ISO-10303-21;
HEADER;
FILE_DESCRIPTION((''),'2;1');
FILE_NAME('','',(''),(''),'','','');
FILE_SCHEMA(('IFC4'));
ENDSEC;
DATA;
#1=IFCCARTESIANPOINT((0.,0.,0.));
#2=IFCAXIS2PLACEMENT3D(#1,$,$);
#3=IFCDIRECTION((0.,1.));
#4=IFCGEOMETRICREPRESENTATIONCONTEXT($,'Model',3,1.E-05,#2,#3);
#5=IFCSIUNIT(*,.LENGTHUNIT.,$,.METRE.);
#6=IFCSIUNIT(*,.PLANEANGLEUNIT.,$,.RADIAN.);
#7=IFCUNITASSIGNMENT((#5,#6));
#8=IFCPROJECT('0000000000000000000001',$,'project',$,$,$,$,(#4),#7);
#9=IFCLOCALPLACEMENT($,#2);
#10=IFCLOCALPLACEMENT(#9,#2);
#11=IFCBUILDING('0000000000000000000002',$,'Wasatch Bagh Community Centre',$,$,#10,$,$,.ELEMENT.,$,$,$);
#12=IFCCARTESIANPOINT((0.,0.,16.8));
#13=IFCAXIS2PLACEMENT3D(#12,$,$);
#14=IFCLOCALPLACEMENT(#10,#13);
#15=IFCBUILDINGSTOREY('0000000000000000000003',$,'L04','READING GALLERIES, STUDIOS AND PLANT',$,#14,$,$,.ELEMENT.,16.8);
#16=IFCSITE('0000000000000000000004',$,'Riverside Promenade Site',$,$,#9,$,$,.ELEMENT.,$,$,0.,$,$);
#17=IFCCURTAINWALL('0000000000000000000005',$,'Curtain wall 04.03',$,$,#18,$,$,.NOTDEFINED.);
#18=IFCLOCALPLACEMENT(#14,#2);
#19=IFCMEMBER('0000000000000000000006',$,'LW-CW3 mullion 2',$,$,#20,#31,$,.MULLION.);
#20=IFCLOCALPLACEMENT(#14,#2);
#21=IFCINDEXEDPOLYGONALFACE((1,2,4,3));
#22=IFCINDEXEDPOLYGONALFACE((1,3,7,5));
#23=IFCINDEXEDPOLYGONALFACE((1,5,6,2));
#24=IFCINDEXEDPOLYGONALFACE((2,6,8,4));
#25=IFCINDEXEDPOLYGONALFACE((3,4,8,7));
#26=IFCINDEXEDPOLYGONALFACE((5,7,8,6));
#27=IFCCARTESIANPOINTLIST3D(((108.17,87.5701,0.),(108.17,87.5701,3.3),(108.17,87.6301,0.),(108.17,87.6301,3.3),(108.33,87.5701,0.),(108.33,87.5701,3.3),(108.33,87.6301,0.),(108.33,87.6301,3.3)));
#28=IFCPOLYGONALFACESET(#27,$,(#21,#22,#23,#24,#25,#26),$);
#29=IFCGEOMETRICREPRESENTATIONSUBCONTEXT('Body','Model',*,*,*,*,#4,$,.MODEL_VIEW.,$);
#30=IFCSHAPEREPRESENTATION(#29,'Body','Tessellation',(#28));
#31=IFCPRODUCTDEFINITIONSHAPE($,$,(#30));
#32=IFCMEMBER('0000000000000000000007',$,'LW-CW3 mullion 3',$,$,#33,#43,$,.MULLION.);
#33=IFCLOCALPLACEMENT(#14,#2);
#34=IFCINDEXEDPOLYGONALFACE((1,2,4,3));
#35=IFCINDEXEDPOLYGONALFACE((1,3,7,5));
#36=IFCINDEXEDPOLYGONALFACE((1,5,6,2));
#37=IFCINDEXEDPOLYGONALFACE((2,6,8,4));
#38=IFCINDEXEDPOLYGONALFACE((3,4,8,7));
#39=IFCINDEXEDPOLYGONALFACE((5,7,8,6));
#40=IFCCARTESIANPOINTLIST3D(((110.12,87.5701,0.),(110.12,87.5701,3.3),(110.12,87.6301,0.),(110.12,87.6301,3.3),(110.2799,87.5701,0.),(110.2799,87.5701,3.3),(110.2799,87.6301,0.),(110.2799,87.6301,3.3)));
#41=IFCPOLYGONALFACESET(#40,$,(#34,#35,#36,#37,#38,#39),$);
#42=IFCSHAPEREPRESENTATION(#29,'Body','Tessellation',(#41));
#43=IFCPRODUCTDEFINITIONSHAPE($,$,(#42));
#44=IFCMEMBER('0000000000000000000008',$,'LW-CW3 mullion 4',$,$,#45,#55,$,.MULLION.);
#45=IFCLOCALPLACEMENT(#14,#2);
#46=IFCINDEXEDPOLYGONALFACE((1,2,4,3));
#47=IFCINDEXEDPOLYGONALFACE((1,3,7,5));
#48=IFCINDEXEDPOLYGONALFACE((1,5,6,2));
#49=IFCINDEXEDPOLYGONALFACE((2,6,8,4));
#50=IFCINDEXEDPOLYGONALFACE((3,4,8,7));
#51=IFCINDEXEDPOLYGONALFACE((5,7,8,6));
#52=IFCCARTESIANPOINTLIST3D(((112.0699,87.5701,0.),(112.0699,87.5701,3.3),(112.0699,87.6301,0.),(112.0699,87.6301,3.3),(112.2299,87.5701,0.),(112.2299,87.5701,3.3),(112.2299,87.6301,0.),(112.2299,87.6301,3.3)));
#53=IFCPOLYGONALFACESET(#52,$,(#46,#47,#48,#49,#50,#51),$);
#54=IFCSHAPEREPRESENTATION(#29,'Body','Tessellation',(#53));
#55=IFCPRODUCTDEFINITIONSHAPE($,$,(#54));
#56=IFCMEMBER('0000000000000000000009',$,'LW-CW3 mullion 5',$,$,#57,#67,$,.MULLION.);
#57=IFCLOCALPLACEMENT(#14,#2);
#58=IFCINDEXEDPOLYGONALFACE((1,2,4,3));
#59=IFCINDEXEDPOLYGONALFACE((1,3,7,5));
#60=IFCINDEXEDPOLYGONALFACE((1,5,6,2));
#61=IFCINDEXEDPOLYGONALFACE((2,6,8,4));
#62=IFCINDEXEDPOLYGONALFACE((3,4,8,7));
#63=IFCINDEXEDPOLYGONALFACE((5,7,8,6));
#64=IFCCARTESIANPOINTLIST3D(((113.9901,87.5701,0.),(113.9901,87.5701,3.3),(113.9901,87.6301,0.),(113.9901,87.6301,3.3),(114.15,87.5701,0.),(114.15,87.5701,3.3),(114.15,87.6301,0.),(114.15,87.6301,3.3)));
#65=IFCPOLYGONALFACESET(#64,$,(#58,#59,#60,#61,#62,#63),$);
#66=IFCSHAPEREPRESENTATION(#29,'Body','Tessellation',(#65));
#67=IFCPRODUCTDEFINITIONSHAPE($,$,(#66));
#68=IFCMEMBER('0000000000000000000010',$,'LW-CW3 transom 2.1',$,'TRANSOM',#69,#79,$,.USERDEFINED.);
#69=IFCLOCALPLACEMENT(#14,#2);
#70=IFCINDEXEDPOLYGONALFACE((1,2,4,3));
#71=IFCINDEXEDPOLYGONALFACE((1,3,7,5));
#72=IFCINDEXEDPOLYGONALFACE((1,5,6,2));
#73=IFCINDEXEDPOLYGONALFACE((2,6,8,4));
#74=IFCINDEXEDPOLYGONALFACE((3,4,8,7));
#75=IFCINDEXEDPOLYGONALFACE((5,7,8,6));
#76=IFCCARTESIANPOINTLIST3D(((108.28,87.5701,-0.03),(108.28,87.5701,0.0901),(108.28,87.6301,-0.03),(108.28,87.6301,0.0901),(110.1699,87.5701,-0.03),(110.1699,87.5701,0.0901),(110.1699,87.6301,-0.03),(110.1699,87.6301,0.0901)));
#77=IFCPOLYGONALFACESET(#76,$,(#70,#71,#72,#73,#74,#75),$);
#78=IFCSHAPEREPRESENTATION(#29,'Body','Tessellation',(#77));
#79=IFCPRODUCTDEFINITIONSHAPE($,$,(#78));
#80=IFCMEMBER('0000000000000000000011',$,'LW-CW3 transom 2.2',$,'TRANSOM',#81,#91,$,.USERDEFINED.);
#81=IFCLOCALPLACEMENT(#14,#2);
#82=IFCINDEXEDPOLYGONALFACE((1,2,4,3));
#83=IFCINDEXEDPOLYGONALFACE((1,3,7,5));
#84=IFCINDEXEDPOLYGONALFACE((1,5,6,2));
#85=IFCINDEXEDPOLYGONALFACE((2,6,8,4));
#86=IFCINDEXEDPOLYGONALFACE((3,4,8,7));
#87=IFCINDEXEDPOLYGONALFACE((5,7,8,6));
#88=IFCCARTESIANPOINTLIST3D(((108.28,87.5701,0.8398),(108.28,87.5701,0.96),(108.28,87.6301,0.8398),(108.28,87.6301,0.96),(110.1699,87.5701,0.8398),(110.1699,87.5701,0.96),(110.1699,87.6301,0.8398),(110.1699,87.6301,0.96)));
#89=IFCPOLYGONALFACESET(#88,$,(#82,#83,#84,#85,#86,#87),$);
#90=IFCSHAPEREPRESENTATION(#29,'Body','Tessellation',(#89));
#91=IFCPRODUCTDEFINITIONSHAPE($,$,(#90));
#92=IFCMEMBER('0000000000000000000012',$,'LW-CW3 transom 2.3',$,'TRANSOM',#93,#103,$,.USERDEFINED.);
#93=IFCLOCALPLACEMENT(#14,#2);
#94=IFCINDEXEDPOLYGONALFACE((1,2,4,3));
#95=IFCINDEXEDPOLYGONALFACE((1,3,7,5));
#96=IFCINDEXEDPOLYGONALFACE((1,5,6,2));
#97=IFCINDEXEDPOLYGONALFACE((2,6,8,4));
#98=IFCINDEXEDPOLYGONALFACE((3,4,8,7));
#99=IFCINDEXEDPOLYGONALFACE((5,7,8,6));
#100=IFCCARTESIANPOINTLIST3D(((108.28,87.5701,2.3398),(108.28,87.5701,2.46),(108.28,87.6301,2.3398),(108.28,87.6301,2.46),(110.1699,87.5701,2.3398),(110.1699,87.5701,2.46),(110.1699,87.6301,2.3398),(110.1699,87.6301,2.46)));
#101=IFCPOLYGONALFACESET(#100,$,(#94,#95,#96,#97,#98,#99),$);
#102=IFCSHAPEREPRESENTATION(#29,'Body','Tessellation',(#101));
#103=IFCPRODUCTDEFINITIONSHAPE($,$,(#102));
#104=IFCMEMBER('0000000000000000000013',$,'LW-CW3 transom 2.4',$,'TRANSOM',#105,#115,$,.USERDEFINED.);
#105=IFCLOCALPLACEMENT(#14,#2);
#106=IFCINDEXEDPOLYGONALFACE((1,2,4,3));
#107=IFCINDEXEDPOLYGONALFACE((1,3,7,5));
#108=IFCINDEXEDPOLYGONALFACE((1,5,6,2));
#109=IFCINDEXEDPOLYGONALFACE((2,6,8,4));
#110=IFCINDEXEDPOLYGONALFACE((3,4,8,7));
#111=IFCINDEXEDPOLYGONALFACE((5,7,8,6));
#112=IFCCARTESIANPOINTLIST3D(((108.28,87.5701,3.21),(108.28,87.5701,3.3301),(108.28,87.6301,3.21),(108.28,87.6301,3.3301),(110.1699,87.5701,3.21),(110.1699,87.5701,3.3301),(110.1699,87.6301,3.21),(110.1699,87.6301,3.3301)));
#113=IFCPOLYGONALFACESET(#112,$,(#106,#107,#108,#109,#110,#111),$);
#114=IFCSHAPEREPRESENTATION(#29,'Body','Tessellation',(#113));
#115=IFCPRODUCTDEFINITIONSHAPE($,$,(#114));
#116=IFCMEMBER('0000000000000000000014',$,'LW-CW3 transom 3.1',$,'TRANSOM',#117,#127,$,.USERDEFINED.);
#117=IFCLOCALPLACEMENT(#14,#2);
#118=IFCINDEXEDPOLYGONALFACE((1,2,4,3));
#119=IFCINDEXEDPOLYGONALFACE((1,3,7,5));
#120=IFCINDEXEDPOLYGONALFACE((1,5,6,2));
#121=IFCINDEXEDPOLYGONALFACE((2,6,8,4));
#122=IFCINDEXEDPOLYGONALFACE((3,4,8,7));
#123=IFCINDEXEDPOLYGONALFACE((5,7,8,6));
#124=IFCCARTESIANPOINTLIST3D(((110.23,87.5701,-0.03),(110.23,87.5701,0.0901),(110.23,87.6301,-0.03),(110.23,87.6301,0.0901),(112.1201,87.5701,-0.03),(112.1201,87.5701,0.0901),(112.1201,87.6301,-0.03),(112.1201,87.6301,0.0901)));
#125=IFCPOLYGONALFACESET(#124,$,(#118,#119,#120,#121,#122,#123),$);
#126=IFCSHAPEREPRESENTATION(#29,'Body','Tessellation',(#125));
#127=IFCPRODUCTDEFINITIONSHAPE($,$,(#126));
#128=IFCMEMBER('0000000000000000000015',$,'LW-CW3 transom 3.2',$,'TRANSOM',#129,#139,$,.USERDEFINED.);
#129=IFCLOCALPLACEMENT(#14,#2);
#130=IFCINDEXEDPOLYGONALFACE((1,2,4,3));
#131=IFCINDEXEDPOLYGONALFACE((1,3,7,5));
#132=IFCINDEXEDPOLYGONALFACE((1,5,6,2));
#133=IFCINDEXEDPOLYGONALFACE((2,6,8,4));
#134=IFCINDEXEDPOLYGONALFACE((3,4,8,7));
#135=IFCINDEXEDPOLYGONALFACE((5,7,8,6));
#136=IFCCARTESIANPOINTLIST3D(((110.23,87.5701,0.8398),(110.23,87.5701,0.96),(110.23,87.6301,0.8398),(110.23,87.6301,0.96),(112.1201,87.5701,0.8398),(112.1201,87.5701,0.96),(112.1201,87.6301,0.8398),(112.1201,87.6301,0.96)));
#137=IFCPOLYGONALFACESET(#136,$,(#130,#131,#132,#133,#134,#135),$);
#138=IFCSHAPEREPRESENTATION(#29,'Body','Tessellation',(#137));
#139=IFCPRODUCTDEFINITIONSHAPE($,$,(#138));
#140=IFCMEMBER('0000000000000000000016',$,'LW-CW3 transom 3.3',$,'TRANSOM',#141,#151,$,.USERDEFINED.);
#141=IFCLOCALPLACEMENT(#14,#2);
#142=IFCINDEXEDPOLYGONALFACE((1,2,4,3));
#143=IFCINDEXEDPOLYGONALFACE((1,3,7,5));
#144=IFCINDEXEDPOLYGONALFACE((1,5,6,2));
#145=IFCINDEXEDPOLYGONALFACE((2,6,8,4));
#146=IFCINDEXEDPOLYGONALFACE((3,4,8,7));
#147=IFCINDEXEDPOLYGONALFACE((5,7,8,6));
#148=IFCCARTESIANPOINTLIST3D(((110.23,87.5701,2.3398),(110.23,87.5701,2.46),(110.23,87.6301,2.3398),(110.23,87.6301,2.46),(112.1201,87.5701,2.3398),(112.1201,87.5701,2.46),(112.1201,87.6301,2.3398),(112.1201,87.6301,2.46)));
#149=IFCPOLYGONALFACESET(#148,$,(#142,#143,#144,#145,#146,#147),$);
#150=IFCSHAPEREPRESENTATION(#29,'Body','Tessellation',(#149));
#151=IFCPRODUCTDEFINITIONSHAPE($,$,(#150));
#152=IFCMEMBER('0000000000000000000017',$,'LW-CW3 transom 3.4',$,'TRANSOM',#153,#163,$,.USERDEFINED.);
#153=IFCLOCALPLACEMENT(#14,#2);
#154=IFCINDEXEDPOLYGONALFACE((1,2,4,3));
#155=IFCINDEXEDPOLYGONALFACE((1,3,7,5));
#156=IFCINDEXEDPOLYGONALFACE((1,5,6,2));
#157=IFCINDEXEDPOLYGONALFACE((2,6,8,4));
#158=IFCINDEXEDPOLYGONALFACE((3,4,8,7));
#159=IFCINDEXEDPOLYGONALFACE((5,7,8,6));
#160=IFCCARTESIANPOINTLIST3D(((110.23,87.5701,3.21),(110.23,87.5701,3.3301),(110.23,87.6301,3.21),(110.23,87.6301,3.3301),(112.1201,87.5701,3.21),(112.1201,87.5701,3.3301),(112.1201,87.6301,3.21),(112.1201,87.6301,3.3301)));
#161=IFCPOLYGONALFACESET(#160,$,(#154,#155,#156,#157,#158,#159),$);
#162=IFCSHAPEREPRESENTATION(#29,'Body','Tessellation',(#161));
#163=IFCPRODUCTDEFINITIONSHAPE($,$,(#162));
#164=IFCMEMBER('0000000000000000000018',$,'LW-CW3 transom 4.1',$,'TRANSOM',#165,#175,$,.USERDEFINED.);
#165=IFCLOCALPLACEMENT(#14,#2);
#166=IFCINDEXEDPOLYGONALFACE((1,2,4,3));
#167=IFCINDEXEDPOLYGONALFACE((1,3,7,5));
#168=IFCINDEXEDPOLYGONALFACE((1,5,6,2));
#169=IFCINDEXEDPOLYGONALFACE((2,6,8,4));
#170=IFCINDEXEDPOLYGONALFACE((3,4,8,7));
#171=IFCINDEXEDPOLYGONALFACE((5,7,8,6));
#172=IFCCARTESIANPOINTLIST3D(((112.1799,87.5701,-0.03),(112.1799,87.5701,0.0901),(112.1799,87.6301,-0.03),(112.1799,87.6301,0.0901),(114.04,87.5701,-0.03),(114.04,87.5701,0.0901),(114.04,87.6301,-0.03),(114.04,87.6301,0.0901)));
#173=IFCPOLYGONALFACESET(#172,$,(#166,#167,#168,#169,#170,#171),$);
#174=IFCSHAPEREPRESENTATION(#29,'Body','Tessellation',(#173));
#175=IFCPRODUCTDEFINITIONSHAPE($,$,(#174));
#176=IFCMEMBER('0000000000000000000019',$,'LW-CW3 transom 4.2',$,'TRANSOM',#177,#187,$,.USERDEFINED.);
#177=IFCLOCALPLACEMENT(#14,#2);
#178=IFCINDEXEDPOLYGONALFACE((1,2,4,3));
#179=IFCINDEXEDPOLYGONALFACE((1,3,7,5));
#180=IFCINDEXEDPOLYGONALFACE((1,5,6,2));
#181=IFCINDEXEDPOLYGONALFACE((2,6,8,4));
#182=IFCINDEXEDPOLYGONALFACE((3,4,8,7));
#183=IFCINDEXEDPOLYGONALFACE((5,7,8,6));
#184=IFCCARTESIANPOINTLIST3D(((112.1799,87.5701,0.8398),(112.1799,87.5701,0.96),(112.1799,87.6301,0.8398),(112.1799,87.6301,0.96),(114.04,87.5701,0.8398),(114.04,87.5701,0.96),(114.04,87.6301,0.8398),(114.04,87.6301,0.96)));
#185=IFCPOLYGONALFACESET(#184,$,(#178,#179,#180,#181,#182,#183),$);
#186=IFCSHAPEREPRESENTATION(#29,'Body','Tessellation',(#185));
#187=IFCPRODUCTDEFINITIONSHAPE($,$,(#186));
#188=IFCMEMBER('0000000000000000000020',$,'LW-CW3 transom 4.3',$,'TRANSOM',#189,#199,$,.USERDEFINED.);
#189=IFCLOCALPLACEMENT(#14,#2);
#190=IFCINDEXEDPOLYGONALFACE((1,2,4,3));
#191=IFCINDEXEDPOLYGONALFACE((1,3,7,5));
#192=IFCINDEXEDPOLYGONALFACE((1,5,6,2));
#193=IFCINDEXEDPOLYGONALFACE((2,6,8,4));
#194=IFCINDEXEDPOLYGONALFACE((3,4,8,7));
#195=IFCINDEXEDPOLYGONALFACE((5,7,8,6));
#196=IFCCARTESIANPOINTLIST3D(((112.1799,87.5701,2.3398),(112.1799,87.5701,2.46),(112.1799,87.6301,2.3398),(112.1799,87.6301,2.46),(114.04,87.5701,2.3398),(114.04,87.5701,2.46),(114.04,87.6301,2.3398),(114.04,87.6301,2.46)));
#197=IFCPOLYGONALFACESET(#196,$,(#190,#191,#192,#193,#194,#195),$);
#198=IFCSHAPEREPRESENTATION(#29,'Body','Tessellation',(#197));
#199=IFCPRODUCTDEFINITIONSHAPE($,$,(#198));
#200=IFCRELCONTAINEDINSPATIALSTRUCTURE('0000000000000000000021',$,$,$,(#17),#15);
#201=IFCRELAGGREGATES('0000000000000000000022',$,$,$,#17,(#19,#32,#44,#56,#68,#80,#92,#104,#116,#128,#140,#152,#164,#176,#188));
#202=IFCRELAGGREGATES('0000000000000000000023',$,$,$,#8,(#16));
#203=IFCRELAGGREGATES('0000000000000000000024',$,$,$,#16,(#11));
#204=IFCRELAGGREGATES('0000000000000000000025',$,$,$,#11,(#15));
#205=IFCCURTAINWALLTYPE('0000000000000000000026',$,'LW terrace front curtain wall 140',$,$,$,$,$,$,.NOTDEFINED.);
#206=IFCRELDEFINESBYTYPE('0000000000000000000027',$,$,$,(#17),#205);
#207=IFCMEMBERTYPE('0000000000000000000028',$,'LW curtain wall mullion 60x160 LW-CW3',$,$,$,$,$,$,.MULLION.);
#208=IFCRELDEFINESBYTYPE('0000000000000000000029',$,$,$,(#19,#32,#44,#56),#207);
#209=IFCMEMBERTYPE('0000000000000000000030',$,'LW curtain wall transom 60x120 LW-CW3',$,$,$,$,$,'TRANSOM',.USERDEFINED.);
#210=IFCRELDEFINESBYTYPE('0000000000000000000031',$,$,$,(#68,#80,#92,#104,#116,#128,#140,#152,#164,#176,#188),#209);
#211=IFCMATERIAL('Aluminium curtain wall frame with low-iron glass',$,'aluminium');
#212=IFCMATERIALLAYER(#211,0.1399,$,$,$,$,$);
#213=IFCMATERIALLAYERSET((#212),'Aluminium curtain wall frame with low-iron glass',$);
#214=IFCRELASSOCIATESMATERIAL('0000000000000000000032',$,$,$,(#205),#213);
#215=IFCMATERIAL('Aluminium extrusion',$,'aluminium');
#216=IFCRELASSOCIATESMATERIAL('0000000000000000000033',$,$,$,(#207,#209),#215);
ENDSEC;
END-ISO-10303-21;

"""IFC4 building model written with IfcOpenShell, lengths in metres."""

from ifc_helpers import new_model, si_unit, direction, frame, origin, origin_2d, place, context, subcontext, project, spatial, rectangle, extrude, material, layer, layer_set, material_profile, profile_set, type_object, element, aggregate, save


model = new_model("IFC4")

# Units and contexts
model_context = context("Model", 3, precision=1e-05, world=origin(), true_north=direction((0.0, 1.0)))
body_context = subcontext(model_context, "Body", "Model", "MODEL_VIEW")
ifc_project = project(units=[si_unit("LENGTHUNIT", "METRE"), si_unit("PLANEANGLEUNIT", "RADIAN")], contexts=[model_context])

# Site, building, storey
site_placement = place(None, origin())
site = spatial("IfcSite", under=ifc_project, at=site_placement, Name="Riverside Promenade Site", CompositionType="ELEMENT", RefElevation=0.0)
building_placement = place(site_placement, origin())
building = spatial("IfcBuilding", under=site, at=building_placement, Name="Wasatch Bagh Community Centre", CompositionType="ELEMENT")
storey_placement = place(building_placement, frame((0.0, 0.0, 16.8)))
storey = spatial("IfcBuildingStorey", under=building, at=storey_placement, Name="L04", Description="READING GALLERIES, STUDIOS AND PLANT", CompositionType="ELEMENT", Elevation=16.8)

# Curtain wall, members
ifc_material_1 = material(Name="Aluminium curtain wall frame with low-iron glass", Category="aluminium")
ifc_layer_1 = layer(ifc_material_1, 0.1399)
ifc_layer_set_1 = layer_set([ifc_layer_1], Name="Aluminium curtain wall frame with low-iron glass")
curtain_wall_type = type_object("IfcCurtainWallType", Name="LW terrace front curtain wall 140", PredefinedType="NOTDEFINED", material=ifc_layer_set_1)
curtain_wall_placement = place(storey_placement, origin())
curtain_wall = element("IfcCurtainWall", 1, at=curtain_wall_placement, inside=storey, type_object=curtain_wall_type, Name="Curtain wall 04.03", PredefinedType="NOTDEFINED")
ifc_material_2 = material(Name="Aluminium extrusion", Category="aluminium")
ifc_material_profile_1 = material_profile(ifc_material_2, rectangle(XDim=0.0601, YDim=0.1599, at=origin_2d()), Name="AL 60x160")
ifc_profile_set_1 = profile_set([ifc_material_profile_1], Name="Aluminium extrusion")
member_type_1 = type_object("IfcMemberType", Name="LW curtain wall mullion 60x160 LW-CW3", PredefinedType="MULLION", material=ifc_profile_set_1)
member_1_placement = place(storey_placement, frame((108.25, 87.6001, 0.0), z_axis=(0.0, 0.0, 1.0), x_axis=(0.0, 1.0, 0.0)))
member_1 = element("IfcMember", 2, at=member_1_placement, type_object=member_type_1, Name="LW-CW3 mullion 2", PredefinedType="MULLION", context=body_context, shape_type="SweptSolid", body=[
    extrude(rectangle(XDim=0.0601, YDim=0.1599, at=origin_2d()), origin(), (0.0, 0.0, 1.0), 3.3),
])
member_2_placement = place(storey_placement, frame((110.2, 87.6001, 0.0), z_axis=(0.0, 0.0, 1.0), x_axis=(0.0, 1.0, 0.0)))
member_2 = element("IfcMember", 3, at=member_2_placement, type_object=member_type_1, Name="LW-CW3 mullion 3", PredefinedType="MULLION", context=body_context, shape_type="SweptSolid", body=[
    extrude(rectangle(XDim=0.0601, YDim=0.1599, at=origin_2d()), origin(), (0.0, 0.0, 1.0), 3.3),
])
member_3_placement = place(storey_placement, frame((112.1499, 87.6001, 0.0), z_axis=(0.0, 0.0, 1.0), x_axis=(0.0, 1.0, 0.0)))
member_3 = element("IfcMember", 4, at=member_3_placement, type_object=member_type_1, Name="LW-CW3 mullion 4", PredefinedType="MULLION", context=body_context, shape_type="SweptSolid", body=[
    extrude(rectangle(XDim=0.0601, YDim=0.1599, at=origin_2d()), origin(), (0.0, 0.0, 1.0), 3.3),
])
member_4_placement = place(storey_placement, frame((114.0701, 87.6001, 0.0), z_axis=(0.0, 0.0, 1.0), x_axis=(0.0, 1.0, 0.0)))
member_4 = element("IfcMember", 5, at=member_4_placement, type_object=member_type_1, Name="LW-CW3 mullion 5", PredefinedType="MULLION", context=body_context, shape_type="SweptSolid", body=[
    extrude(rectangle(XDim=0.0601, YDim=0.1599, at=origin_2d()), origin(), (0.0, 0.0, 1.0), 3.3),
])
ifc_material_profile_2 = material_profile(ifc_material_2, rectangle(XDim=0.0601, YDim=0.1201, at=origin_2d()), Name="AL 60x120")
ifc_profile_set_2 = profile_set([ifc_material_profile_2], Name="Aluminium extrusion")
member_type_2 = type_object("IfcMemberType", Name="LW curtain wall transom 60x120 LW-CW3", ElementType="TRANSOM", PredefinedType="USERDEFINED", material=ifc_profile_set_2)
member_5_placement = place(storey_placement, frame((108.28, 87.6001, 0.03), z_axis=(1.0, 0.0, 0.0), x_axis=(0.0, 1.0, 0.0)))
member_5 = element("IfcMember", 6, at=member_5_placement, type_object=member_type_2, Name="LW-CW3 transom 2.1", ObjectType="TRANSOM", PredefinedType="USERDEFINED", context=body_context, shape_type="SweptSolid", body=[
    extrude(rectangle(XDim=0.0601, YDim=0.1201, at=origin_2d()), origin(), (0.0, 0.0, 1.0), 1.8899),
])
member_6_placement = place(storey_placement, frame((108.28, 87.6001, 0.8999), z_axis=(1.0, 0.0, 0.0), x_axis=(0.0, 1.0, 0.0)))
member_6 = element("IfcMember", 7, at=member_6_placement, type_object=member_type_2, Name="LW-CW3 transom 2.2", ObjectType="TRANSOM", PredefinedType="USERDEFINED", context=body_context, shape_type="SweptSolid", body=[
    extrude(rectangle(XDim=0.0601, YDim=0.1201, at=origin_2d()), origin(), (0.0, 0.0, 1.0), 1.8899),
])
member_7_placement = place(storey_placement, frame((108.28, 87.6001, 2.3999), z_axis=(1.0, 0.0, 0.0), x_axis=(0.0, 1.0, 0.0)))
member_7 = element("IfcMember", 8, at=member_7_placement, type_object=member_type_2, Name="LW-CW3 transom 2.3", ObjectType="TRANSOM", PredefinedType="USERDEFINED", context=body_context, shape_type="SweptSolid", body=[
    extrude(rectangle(XDim=0.0601, YDim=0.1201, at=origin_2d()), origin(), (0.0, 0.0, 1.0), 1.8899),
])
member_8_placement = place(storey_placement, frame((108.28, 87.6001, 3.27), z_axis=(1.0, 0.0, 0.0), x_axis=(0.0, 1.0, 0.0)))
member_8 = element("IfcMember", 9, at=member_8_placement, type_object=member_type_2, Name="LW-CW3 transom 2.4", ObjectType="TRANSOM", PredefinedType="USERDEFINED", context=body_context, shape_type="SweptSolid", body=[
    extrude(rectangle(XDim=0.0601, YDim=0.1201, at=origin_2d()), origin(), (0.0, 0.0, 1.0), 1.8899),
])
member_9_placement = place(storey_placement, frame((110.23, 87.6001, 0.03), z_axis=(1.0, 0.0, 0.0), x_axis=(0.0, 1.0, 0.0)))
member_9 = element("IfcMember", 10, at=member_9_placement, type_object=member_type_2, Name="LW-CW3 transom 3.1", ObjectType="TRANSOM", PredefinedType="USERDEFINED", context=body_context, shape_type="SweptSolid", body=[
    extrude(rectangle(XDim=0.0601, YDim=0.1201, at=origin_2d()), origin(), (0.0, 0.0, 1.0), 1.8901),
])
member_10_placement = place(storey_placement, frame((110.23, 87.6001, 0.8999), z_axis=(1.0, 0.0, 0.0), x_axis=(0.0, 1.0, 0.0)))
member_10 = element("IfcMember", 11, at=member_10_placement, type_object=member_type_2, Name="LW-CW3 transom 3.2", ObjectType="TRANSOM", PredefinedType="USERDEFINED", context=body_context, shape_type="SweptSolid", body=[
    extrude(rectangle(XDim=0.0601, YDim=0.1201, at=origin_2d()), origin(), (0.0, 0.0, 1.0), 1.8901),
])
member_11_placement = place(storey_placement, frame((110.23, 87.6001, 2.3999), z_axis=(1.0, 0.0, 0.0), x_axis=(0.0, 1.0, 0.0)))
member_11 = element("IfcMember", 12, at=member_11_placement, type_object=member_type_2, Name="LW-CW3 transom 3.3", ObjectType="TRANSOM", PredefinedType="USERDEFINED", context=body_context, shape_type="SweptSolid", body=[
    extrude(rectangle(XDim=0.0601, YDim=0.1201, at=origin_2d()), origin(), (0.0, 0.0, 1.0), 1.8901),
])
member_12_placement = place(storey_placement, frame((110.23, 87.6001, 3.27), z_axis=(1.0, 0.0, 0.0), x_axis=(0.0, 1.0, 0.0)))
member_12 = element("IfcMember", 13, at=member_12_placement, type_object=member_type_2, Name="LW-CW3 transom 3.4", ObjectType="TRANSOM", PredefinedType="USERDEFINED", context=body_context, shape_type="SweptSolid", body=[
    extrude(rectangle(XDim=0.0601, YDim=0.1201, at=origin_2d()), origin(), (0.0, 0.0, 1.0), 1.8901),
])
member_13_placement = place(storey_placement, frame((112.1799, 87.6001, 0.03), z_axis=(1.0, 0.0, 0.0), x_axis=(0.0, 1.0, 0.0)))
member_13 = element("IfcMember", 14, at=member_13_placement, type_object=member_type_2, Name="LW-CW3 transom 4.1", ObjectType="TRANSOM", PredefinedType="USERDEFINED", context=body_context, shape_type="SweptSolid", body=[
    extrude(rectangle(XDim=0.0601, YDim=0.1201, at=origin_2d()), origin(), (0.0, 0.0, 1.0), 1.8601),
])
member_14_placement = place(storey_placement, frame((112.1799, 87.6001, 0.8999), z_axis=(1.0, 0.0, 0.0), x_axis=(0.0, 1.0, 0.0)))
member_14 = element("IfcMember", 15, at=member_14_placement, type_object=member_type_2, Name="LW-CW3 transom 4.2", ObjectType="TRANSOM", PredefinedType="USERDEFINED", context=body_context, shape_type="SweptSolid", body=[
    extrude(rectangle(XDim=0.0601, YDim=0.1201, at=origin_2d()), origin(), (0.0, 0.0, 1.0), 1.8601),
])
member_15_placement = place(storey_placement, frame((112.1799, 87.6001, 2.3999), z_axis=(1.0, 0.0, 0.0), x_axis=(0.0, 1.0, 0.0)))
member_15 = element("IfcMember", 16, at=member_15_placement, type_object=member_type_2, Name="LW-CW3 transom 4.3", ObjectType="TRANSOM", PredefinedType="USERDEFINED", context=body_context, shape_type="SweptSolid", body=[
    extrude(rectangle(XDim=0.0601, YDim=0.1201, at=origin_2d()), origin(), (0.0, 0.0, 1.0), 1.8601),
])
aggregate(curtain_wall, [member_1, member_2, member_3, member_4, member_5, member_6, member_7, member_8, member_9, member_10, member_11, member_12, member_13, member_14, member_15])

save(model, "model.ifc")
